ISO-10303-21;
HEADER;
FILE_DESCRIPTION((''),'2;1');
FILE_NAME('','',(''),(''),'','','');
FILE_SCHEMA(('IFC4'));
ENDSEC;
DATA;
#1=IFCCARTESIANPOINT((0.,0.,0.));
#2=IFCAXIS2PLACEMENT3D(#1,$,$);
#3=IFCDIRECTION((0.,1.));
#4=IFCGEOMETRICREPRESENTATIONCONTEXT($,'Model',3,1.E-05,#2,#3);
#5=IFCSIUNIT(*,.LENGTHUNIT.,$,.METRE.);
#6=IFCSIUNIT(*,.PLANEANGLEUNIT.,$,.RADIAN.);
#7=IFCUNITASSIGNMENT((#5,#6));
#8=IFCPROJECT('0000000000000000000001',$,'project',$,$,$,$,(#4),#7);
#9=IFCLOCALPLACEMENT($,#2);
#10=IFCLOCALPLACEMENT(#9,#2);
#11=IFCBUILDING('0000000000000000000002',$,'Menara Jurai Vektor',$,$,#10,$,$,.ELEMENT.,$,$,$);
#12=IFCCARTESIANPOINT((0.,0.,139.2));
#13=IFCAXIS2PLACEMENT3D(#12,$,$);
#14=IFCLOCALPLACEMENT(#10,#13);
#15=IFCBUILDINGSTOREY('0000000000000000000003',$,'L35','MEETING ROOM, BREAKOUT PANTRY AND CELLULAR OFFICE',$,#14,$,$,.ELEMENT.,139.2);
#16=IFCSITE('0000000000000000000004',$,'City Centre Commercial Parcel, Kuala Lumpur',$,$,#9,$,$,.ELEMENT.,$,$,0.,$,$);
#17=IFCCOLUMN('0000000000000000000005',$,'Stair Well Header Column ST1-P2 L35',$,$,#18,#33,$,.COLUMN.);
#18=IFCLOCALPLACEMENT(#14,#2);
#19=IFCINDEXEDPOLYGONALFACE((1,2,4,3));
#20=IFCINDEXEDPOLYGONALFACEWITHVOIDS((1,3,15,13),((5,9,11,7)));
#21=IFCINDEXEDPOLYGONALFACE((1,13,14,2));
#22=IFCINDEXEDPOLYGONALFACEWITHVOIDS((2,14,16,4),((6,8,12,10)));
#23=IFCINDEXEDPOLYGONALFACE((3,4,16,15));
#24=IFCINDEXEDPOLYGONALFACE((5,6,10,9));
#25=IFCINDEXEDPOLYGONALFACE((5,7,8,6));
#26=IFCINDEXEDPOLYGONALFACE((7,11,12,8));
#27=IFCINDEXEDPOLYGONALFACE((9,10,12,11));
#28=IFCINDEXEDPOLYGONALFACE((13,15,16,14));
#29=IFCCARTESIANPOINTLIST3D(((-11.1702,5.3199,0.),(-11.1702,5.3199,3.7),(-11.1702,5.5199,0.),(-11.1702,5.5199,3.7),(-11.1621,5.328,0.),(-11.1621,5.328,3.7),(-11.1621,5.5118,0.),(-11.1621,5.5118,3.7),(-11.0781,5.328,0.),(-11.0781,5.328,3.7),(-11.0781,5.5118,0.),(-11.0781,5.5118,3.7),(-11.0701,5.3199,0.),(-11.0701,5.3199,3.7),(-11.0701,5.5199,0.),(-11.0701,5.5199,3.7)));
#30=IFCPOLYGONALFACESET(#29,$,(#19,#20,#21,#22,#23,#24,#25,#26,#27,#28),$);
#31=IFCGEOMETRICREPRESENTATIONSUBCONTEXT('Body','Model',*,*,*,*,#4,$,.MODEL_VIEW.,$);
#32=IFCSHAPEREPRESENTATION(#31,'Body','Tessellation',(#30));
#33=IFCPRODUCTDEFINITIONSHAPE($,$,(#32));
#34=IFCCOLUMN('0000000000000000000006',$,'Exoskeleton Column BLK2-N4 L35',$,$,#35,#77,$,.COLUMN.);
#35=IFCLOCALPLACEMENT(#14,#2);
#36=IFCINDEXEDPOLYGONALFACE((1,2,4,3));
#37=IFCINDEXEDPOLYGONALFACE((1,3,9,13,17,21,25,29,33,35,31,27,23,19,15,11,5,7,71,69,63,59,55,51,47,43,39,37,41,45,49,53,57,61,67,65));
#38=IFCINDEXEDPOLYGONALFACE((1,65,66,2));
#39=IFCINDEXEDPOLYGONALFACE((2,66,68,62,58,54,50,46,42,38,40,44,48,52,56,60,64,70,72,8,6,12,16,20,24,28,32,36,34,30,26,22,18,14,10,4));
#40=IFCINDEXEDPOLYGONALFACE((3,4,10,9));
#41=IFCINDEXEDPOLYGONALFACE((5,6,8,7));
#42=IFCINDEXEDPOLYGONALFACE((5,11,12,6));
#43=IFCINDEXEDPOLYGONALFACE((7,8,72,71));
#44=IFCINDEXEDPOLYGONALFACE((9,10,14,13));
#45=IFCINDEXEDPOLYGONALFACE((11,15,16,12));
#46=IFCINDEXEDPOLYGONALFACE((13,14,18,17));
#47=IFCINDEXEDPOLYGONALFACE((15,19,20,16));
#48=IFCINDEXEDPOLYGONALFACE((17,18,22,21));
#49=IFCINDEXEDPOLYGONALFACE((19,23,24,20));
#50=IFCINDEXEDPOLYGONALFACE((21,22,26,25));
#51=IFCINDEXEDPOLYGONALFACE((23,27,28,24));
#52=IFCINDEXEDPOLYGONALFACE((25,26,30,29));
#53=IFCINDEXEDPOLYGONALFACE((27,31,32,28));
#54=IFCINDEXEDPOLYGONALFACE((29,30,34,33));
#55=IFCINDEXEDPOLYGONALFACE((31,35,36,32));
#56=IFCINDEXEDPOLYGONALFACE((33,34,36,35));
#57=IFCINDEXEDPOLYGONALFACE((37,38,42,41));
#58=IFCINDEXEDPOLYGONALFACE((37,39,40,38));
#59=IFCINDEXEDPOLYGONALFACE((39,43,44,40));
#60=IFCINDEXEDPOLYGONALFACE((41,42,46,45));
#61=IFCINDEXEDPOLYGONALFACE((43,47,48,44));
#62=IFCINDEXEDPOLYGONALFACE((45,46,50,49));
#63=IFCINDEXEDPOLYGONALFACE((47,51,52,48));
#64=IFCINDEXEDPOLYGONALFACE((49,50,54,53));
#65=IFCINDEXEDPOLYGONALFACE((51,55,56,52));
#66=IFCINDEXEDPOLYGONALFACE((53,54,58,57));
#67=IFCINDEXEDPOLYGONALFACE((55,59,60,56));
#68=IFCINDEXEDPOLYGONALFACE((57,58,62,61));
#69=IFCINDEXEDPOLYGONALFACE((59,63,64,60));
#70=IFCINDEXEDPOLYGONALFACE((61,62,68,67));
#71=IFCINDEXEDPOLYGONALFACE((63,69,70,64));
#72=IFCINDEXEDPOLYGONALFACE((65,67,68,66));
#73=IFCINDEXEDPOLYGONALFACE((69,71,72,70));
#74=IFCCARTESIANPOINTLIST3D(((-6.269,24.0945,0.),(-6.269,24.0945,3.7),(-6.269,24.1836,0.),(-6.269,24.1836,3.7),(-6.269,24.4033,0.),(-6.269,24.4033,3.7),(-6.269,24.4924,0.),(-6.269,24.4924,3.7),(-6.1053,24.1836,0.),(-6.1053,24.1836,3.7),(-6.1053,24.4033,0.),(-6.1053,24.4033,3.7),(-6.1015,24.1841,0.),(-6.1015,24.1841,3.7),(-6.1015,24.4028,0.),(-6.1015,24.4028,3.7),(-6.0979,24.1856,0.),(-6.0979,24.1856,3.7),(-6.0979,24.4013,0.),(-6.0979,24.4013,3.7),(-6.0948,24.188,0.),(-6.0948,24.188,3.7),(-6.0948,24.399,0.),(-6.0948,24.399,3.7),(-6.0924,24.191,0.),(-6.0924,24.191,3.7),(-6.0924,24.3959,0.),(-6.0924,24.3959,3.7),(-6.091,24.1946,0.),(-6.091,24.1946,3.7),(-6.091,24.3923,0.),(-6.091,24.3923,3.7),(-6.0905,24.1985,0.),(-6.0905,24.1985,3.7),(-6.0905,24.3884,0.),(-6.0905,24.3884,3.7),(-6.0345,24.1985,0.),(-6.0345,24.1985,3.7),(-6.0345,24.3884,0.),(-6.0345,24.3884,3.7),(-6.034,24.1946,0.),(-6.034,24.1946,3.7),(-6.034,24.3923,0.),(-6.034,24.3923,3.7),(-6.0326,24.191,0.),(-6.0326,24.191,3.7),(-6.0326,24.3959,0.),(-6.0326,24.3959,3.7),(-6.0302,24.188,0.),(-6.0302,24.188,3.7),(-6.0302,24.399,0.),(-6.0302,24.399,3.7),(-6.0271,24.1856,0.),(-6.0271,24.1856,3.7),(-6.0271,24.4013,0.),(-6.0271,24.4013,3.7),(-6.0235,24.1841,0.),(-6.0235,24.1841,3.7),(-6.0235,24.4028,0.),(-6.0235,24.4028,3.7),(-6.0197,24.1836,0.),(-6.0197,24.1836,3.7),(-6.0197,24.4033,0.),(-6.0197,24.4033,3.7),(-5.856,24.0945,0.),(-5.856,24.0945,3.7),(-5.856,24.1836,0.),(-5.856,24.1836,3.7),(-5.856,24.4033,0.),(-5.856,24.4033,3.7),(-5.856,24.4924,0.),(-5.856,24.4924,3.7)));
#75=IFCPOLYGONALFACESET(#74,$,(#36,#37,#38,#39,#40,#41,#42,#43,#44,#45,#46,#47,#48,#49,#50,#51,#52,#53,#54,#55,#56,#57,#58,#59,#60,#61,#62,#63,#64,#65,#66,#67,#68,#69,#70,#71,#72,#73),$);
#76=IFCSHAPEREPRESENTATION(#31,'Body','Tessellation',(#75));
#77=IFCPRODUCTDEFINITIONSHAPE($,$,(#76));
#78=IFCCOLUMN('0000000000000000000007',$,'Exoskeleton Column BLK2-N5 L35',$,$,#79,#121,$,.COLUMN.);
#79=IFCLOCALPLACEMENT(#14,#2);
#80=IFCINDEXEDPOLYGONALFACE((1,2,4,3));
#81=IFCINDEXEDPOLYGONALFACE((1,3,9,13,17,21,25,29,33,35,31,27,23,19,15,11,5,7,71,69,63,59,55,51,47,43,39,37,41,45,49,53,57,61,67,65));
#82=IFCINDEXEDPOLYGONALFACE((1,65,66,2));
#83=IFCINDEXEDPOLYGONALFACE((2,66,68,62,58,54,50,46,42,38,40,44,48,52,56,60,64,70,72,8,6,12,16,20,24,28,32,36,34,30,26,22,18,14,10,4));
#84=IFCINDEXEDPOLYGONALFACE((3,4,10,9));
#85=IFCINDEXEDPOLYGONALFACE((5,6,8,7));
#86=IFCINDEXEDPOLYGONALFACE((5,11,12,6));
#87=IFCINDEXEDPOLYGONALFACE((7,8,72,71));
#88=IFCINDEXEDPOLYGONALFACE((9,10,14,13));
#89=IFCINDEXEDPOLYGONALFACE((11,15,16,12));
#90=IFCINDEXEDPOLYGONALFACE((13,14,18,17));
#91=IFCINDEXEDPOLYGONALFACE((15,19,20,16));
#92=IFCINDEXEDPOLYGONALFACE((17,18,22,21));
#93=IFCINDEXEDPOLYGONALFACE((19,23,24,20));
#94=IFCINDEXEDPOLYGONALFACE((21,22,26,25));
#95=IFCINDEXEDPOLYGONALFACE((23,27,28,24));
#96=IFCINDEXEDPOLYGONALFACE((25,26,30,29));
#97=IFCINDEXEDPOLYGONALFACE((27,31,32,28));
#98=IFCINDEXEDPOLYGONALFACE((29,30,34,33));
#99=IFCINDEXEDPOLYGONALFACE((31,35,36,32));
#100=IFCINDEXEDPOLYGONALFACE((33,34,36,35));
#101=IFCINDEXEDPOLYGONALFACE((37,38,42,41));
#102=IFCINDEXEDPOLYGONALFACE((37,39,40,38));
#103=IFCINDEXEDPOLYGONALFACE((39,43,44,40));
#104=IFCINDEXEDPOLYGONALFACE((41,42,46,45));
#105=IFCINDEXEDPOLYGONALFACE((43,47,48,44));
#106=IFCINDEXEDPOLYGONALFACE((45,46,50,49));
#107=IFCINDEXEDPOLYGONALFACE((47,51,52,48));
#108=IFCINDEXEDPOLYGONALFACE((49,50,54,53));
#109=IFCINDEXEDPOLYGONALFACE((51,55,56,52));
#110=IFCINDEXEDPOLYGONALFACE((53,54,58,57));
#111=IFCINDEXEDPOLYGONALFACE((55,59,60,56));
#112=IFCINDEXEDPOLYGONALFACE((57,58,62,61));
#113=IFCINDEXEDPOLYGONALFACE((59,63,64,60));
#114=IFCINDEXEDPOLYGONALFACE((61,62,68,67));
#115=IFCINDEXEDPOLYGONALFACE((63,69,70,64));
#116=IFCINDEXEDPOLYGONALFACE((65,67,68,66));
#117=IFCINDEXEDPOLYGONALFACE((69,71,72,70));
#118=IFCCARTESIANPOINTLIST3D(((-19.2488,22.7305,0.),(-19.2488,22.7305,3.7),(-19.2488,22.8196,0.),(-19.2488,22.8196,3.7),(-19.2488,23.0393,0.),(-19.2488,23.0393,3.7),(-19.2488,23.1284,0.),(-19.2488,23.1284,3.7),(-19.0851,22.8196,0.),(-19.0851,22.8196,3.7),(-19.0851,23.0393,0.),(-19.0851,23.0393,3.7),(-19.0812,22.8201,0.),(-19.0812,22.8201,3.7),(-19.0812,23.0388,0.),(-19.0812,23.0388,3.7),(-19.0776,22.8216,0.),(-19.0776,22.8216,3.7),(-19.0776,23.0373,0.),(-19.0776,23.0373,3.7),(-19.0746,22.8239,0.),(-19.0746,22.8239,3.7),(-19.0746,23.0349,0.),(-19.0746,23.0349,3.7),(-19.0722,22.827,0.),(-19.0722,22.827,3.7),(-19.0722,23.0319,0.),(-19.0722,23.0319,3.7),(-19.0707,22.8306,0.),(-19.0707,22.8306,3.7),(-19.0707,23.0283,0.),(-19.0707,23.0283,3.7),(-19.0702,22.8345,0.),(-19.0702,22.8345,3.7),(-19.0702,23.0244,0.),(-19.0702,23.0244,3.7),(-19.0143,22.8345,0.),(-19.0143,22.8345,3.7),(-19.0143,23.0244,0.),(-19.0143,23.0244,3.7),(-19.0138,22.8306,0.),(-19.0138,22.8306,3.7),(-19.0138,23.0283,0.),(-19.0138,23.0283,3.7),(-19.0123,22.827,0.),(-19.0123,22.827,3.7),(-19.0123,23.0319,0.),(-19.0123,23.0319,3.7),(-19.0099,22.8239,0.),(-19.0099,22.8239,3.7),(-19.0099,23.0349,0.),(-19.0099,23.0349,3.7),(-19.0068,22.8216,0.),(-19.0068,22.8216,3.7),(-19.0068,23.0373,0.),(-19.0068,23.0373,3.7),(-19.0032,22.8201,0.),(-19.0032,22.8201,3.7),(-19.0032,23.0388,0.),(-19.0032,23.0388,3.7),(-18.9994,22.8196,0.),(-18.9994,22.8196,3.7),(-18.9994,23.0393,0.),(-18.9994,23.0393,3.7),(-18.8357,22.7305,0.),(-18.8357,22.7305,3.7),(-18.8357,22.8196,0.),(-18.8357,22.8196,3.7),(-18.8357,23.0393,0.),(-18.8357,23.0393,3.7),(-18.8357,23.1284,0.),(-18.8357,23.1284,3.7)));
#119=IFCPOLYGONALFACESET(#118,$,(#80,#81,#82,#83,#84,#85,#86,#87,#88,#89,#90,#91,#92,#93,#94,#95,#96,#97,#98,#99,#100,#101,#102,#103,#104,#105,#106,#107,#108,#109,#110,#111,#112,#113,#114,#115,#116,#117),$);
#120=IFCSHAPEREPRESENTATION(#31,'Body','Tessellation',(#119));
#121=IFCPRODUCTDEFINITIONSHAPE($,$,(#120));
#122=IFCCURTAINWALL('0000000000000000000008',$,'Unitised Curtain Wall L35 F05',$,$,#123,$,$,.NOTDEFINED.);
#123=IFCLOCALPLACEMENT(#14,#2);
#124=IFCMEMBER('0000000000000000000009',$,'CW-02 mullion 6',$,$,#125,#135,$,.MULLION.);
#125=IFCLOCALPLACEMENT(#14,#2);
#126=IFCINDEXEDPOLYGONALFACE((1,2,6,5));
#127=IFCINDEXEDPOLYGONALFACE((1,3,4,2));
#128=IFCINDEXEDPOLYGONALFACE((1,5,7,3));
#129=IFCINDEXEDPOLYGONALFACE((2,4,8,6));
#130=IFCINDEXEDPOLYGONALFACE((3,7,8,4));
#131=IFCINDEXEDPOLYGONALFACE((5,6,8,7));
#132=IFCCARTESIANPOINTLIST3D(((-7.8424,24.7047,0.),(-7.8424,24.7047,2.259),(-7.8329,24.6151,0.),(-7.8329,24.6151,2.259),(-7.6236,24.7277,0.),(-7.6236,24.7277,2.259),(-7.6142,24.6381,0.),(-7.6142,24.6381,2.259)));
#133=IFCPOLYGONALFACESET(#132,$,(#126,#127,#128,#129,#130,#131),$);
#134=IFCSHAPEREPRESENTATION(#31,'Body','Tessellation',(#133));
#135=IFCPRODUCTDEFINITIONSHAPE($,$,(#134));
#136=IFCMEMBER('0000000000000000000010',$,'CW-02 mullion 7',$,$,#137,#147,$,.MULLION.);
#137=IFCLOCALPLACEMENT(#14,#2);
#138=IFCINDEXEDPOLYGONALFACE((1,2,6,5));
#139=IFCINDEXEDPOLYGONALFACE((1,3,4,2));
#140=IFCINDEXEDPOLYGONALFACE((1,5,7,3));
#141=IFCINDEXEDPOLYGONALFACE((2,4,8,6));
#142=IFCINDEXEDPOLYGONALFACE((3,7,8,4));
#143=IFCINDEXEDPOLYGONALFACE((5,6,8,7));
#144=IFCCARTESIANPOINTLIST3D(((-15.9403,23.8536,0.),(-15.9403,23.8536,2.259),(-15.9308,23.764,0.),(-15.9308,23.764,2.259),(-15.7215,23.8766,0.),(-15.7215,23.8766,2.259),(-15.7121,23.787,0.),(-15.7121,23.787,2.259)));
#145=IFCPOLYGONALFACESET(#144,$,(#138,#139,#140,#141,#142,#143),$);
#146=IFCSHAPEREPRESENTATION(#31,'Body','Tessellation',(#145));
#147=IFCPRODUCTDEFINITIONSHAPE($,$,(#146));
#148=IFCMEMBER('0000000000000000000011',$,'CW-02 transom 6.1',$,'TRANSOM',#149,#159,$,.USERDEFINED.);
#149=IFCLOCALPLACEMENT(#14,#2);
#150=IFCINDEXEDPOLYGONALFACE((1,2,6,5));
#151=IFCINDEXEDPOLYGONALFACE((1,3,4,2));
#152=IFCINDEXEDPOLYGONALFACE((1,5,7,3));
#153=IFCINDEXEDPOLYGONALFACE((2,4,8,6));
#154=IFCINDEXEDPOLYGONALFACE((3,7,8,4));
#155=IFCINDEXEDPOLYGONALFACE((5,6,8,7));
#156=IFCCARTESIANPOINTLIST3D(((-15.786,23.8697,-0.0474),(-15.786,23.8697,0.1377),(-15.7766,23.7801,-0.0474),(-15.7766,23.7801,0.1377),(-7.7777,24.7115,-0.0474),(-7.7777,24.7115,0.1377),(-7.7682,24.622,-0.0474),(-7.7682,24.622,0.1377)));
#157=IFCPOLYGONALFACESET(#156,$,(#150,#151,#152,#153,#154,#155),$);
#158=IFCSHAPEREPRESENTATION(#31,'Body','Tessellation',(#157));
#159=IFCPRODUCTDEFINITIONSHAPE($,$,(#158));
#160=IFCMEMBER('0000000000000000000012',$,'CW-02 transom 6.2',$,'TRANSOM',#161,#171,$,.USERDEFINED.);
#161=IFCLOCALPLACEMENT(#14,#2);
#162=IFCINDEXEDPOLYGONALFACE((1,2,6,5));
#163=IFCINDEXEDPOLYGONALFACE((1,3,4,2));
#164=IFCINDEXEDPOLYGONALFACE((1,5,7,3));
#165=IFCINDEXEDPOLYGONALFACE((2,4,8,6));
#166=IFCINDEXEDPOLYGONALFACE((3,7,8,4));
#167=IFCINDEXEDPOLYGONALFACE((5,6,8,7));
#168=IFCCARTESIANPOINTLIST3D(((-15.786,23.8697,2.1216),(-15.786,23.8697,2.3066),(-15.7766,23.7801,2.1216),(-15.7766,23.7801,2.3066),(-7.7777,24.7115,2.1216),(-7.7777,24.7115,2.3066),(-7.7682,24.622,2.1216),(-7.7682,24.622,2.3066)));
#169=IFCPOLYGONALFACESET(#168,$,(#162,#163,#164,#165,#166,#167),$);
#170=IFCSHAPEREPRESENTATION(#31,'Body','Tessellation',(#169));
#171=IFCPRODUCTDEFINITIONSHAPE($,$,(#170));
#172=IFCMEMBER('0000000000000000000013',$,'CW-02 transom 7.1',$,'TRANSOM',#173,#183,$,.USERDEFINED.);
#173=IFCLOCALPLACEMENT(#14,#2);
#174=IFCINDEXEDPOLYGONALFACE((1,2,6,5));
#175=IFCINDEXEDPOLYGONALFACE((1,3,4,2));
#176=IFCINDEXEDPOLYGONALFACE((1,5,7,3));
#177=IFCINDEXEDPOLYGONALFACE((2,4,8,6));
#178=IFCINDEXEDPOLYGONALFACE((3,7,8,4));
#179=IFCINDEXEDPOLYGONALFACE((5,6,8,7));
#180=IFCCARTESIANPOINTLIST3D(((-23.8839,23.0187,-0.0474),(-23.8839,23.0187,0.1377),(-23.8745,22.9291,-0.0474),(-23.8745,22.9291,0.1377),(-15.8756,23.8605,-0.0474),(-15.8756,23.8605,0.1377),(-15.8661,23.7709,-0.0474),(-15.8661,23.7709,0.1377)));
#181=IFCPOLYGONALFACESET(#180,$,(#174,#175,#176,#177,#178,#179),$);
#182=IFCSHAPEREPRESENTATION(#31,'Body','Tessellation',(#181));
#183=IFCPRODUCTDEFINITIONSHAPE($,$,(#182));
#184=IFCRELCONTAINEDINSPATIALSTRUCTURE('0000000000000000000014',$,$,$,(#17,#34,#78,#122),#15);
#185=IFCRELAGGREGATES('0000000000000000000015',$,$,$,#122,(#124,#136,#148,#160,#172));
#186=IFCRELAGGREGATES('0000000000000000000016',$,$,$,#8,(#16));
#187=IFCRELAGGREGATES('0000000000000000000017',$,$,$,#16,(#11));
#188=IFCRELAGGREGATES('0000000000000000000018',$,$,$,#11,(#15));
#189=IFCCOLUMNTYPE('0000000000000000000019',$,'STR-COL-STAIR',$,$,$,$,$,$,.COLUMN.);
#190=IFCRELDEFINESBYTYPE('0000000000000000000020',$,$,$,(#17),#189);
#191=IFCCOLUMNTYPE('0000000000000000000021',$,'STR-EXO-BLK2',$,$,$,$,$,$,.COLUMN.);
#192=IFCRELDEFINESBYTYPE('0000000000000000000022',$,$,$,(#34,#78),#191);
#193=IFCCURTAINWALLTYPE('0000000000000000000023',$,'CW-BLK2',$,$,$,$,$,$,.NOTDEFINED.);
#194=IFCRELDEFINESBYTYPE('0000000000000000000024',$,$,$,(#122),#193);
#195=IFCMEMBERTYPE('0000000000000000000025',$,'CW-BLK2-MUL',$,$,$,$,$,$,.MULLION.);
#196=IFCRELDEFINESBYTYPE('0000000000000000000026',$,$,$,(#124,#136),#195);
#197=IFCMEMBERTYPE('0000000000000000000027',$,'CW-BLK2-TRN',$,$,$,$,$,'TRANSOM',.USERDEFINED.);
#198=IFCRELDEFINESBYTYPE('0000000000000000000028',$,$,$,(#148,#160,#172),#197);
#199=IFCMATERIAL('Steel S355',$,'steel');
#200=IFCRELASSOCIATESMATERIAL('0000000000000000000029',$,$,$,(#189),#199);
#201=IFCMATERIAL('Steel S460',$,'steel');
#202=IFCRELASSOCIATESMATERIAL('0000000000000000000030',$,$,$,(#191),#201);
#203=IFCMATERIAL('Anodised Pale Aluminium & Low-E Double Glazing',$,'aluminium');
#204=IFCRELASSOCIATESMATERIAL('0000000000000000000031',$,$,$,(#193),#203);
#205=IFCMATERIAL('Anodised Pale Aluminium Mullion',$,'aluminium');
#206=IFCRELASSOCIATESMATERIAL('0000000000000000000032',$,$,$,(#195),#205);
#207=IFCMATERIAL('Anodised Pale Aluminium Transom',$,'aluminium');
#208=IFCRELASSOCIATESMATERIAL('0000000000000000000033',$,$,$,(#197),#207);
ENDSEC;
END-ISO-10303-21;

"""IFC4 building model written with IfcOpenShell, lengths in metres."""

from ifc_helpers import new_model, si_unit, direction, frame, origin, origin_2d, place, context, subcontext, project, spatial, rectangle, hollow_rectangle, i_section, extrude, material, material_profile, profile_set, type_object, element, aggregate, save


model = new_model("IFC4")

# Units and contexts
model_context = context("Model", 3, precision=1e-05, world=origin(), true_north=direction((0.0, 1.0)))
body_context = subcontext(model_context, "Body", "Model", "MODEL_VIEW")
ifc_project = project(units=[si_unit("LENGTHUNIT", "METRE"), si_unit("PLANEANGLEUNIT", "RADIAN")], contexts=[model_context])

# Site, building, storey
site_placement = place(None, origin())
site = spatial("IfcSite", under=ifc_project, at=site_placement, Name="City Centre Commercial Parcel, Kuala Lumpur", CompositionType="ELEMENT", RefElevation=0.0)
building_placement = place(site_placement, origin())
building = spatial("IfcBuilding", under=site, at=building_placement, Name="Menara Jurai Vektor", CompositionType="ELEMENT")
storey_placement = place(building_placement, frame((0.0, 0.0, 139.2)))
storey = spatial("IfcBuildingStorey", under=building, at=storey_placement, Name="L35", Description="MEETING ROOM, BREAKOUT PANTRY AND CELLULAR OFFICE", CompositionType="ELEMENT", Elevation=139.2)

# Columns
ifc_material_1 = material(Name="Steel S355", Category="steel")
ifc_material_profile_1 = material_profile(ifc_material_1, hollow_rectangle(XDim=0.1001, YDim=0.2, WallThickness=0.0081, at=origin_2d()), Name="RHS 200x100x8")
ifc_profile_set_1 = profile_set([ifc_material_profile_1], Name="Steel S355")
column_type_1 = type_object("IfcColumnType", Name="STR-COL-STAIR", PredefinedType="COLUMN", material=ifc_profile_set_1)
column_placement = place(storey_placement, frame((-11.1201, 5.4199, 0.0), z_axis=(0.0, 0.0, 1.0), x_axis=(1.0, 0.0, 0.0)))
element("IfcColumn", 1, at=column_placement, inside=storey, type_object=column_type_1, Name="Stair Well Header Column ST1-P2 L35", PredefinedType="COLUMN", context=body_context, shape_type="SweptSolid", body=[
    extrude(hollow_rectangle(XDim=0.1001, YDim=0.2, WallThickness=0.0081, at=origin_2d()), origin(), (0.0, 0.0, 1.0), 3.7),
])
ifc_material_2 = material(Name="Steel S460", Category="steel")
ifc_material_profile_2 = material_profile(ifc_material_2, i_section(OverallWidth=0.4131, OverallDepth=0.3979, WebThickness=0.0559, FlangeThickness=0.0891, FilletRadius=0.0149, at=origin_2d()), Name="HD 400x744")
ifc_profile_set_2 = profile_set([ifc_material_profile_2], Name="Steel S460")
column_type_2 = type_object("IfcColumnType", Name="STR-EXO-BLK2", PredefinedType="COLUMN", material=ifc_profile_set_2)
for number, where, z_axis, x_axis, name in (
    (2, (-6.0625, 24.2935, 0.0), (0.0, 0.0, 1.0), (1.0, 0.0, 0.0), "Exoskeleton Column BLK2-N4 L35"),
    (3, (-19.0422, 22.9294, 0.0), (0.0, 0.0, 1.0), (1.0, 0.0, 0.0), "Exoskeleton Column BLK2-N5 L35"),
):
    element("IfcColumn", number, at=place(storey_placement, frame(where, z_axis=z_axis, x_axis=x_axis)), inside=storey, type_object=column_type_2, Name=name, PredefinedType="COLUMN", context=body_context, shape_type="SweptSolid", body=[
        extrude(i_section(OverallWidth=0.4131, OverallDepth=0.3979, WebThickness=0.0559, FlangeThickness=0.0891, FilletRadius=0.0149, at=origin_2d()), origin(), (0.0, 0.0, 1.0), 3.7),
    ])

# Curtain wall, members
ifc_material_3 = material(Name="Anodised Pale Aluminium & Low-E Double Glazing", Category="aluminium")
curtain_wall_type = type_object("IfcCurtainWallType", Name="CW-BLK2", PredefinedType="NOTDEFINED", material=ifc_material_3)
curtain_wall_placement = place(storey_placement, origin())
curtain_wall = element("IfcCurtainWall", 4, at=curtain_wall_placement, inside=storey, type_object=curtain_wall_type, Name="Unitised Curtain Wall L35 F05", PredefinedType="NOTDEFINED")
ifc_material_4 = material(Name="Anodised Pale Aluminium Mullion", Category="aluminium")
ifc_material_profile_3 = material_profile(ifc_material_4, rectangle(XDim=0.0901, YDim=0.22, at=origin_2d()), Name="ALU MUL 90x220")
ifc_profile_set_3 = profile_set([ifc_material_profile_3], Name="Anodised Pale Aluminium Mullion")
member_type_1 = type_object("IfcMemberType", Name="CW-BLK2-MUL", PredefinedType="MULLION", material=ifc_profile_set_3)
member_1_placement = place(storey_placement, frame((-7.7283, 24.6714, 0.0), z_axis=(0.0, 0.0, 1.0), x_axis=(0.104529, -0.994522, 0.0)))
member_1 = element("IfcMember", 5, at=member_1_placement, type_object=member_type_1, Name="CW-02 mullion 6", PredefinedType="MULLION", context=body_context, shape_type="SweptSolid", body=[
    extrude(rectangle(XDim=0.0901, YDim=0.22, at=origin_2d()), origin(), (0.0, 0.0, 1.0), 2.259),
])
member_2_placement = place(storey_placement, frame((-15.8262, 23.8203, 0.0), z_axis=(0.0, 0.0, 1.0), x_axis=(0.104529, -0.994522, 0.0)))
member_2 = element("IfcMember", 6, at=member_2_placement, type_object=member_type_1, Name="CW-02 mullion 7", PredefinedType="MULLION", context=body_context, shape_type="SweptSolid", body=[
    extrude(rectangle(XDim=0.0901, YDim=0.22, at=origin_2d()), origin(), (0.0, 0.0, 1.0), 2.259),
])
ifc_material_5 = material(Name="Anodised Pale Aluminium Transom", Category="aluminium")
ifc_material_profile_4 = material_profile(ifc_material_5, rectangle(XDim=0.0901, YDim=0.1851, at=origin_2d()), Name="ALU TRN 90x185")
ifc_profile_set_4 = profile_set([ifc_material_profile_4], Name="Anodised Pale Aluminium Transom")
member_type_2 = type_object("IfcMemberType", Name="CW-BLK2-TRN", ElementType="TRANSOM", PredefinedType="USERDEFINED", material=ifc_profile_set_4)
member_3_placement = place(storey_placement, frame((-7.7729, 24.6667, 0.0452), z_axis=(-0.994521, -0.10454, 0.0), x_axis=(0.10454, -0.994521, 0.0)))
member_3 = element("IfcMember", 7, at=member_3_placement, type_object=member_type_2, Name="CW-02 transom 6.1", ObjectType="TRANSOM", PredefinedType="USERDEFINED", context=body_context, shape_type="SweptSolid", body=[
    extrude(rectangle(XDim=0.0901, YDim=0.1851, at=origin_2d()), origin(), (0.0, 0.0, 1.0), 8.0525),
])
member_4_placement = place(storey_placement, frame((-7.7729, 24.6667, 2.2141), z_axis=(-0.994521, -0.10454, 0.0), x_axis=(0.10454, -0.994521, 0.0)))
member_4 = element("IfcMember", 8, at=member_4_placement, type_object=member_type_2, Name="CW-02 transom 6.2", ObjectType="TRANSOM", PredefinedType="USERDEFINED", context=body_context, shape_type="SweptSolid", body=[
    extrude(rectangle(XDim=0.0901, YDim=0.1851, at=origin_2d()), origin(), (0.0, 0.0, 1.0), 8.0525),
])
member_5_placement = place(storey_placement, frame((-15.8708, 23.8157, 0.0452), z_axis=(-0.994521, -0.10454, 0.0), x_axis=(0.10454, -0.994521, 0.0)))
member_5 = element("IfcMember", 9, at=member_5_placement, type_object=member_type_2, Name="CW-02 transom 7.1", ObjectType="TRANSOM", PredefinedType="USERDEFINED", context=body_context, shape_type="SweptSolid", body=[
    extrude(rectangle(XDim=0.0901, YDim=0.1851, at=origin_2d()), origin(), (0.0, 0.0, 1.0), 8.0525),
])

aggregate(curtain_wall, [member_1, member_2, member_3, member_4, member_5])

save(model, "model.ifc")
